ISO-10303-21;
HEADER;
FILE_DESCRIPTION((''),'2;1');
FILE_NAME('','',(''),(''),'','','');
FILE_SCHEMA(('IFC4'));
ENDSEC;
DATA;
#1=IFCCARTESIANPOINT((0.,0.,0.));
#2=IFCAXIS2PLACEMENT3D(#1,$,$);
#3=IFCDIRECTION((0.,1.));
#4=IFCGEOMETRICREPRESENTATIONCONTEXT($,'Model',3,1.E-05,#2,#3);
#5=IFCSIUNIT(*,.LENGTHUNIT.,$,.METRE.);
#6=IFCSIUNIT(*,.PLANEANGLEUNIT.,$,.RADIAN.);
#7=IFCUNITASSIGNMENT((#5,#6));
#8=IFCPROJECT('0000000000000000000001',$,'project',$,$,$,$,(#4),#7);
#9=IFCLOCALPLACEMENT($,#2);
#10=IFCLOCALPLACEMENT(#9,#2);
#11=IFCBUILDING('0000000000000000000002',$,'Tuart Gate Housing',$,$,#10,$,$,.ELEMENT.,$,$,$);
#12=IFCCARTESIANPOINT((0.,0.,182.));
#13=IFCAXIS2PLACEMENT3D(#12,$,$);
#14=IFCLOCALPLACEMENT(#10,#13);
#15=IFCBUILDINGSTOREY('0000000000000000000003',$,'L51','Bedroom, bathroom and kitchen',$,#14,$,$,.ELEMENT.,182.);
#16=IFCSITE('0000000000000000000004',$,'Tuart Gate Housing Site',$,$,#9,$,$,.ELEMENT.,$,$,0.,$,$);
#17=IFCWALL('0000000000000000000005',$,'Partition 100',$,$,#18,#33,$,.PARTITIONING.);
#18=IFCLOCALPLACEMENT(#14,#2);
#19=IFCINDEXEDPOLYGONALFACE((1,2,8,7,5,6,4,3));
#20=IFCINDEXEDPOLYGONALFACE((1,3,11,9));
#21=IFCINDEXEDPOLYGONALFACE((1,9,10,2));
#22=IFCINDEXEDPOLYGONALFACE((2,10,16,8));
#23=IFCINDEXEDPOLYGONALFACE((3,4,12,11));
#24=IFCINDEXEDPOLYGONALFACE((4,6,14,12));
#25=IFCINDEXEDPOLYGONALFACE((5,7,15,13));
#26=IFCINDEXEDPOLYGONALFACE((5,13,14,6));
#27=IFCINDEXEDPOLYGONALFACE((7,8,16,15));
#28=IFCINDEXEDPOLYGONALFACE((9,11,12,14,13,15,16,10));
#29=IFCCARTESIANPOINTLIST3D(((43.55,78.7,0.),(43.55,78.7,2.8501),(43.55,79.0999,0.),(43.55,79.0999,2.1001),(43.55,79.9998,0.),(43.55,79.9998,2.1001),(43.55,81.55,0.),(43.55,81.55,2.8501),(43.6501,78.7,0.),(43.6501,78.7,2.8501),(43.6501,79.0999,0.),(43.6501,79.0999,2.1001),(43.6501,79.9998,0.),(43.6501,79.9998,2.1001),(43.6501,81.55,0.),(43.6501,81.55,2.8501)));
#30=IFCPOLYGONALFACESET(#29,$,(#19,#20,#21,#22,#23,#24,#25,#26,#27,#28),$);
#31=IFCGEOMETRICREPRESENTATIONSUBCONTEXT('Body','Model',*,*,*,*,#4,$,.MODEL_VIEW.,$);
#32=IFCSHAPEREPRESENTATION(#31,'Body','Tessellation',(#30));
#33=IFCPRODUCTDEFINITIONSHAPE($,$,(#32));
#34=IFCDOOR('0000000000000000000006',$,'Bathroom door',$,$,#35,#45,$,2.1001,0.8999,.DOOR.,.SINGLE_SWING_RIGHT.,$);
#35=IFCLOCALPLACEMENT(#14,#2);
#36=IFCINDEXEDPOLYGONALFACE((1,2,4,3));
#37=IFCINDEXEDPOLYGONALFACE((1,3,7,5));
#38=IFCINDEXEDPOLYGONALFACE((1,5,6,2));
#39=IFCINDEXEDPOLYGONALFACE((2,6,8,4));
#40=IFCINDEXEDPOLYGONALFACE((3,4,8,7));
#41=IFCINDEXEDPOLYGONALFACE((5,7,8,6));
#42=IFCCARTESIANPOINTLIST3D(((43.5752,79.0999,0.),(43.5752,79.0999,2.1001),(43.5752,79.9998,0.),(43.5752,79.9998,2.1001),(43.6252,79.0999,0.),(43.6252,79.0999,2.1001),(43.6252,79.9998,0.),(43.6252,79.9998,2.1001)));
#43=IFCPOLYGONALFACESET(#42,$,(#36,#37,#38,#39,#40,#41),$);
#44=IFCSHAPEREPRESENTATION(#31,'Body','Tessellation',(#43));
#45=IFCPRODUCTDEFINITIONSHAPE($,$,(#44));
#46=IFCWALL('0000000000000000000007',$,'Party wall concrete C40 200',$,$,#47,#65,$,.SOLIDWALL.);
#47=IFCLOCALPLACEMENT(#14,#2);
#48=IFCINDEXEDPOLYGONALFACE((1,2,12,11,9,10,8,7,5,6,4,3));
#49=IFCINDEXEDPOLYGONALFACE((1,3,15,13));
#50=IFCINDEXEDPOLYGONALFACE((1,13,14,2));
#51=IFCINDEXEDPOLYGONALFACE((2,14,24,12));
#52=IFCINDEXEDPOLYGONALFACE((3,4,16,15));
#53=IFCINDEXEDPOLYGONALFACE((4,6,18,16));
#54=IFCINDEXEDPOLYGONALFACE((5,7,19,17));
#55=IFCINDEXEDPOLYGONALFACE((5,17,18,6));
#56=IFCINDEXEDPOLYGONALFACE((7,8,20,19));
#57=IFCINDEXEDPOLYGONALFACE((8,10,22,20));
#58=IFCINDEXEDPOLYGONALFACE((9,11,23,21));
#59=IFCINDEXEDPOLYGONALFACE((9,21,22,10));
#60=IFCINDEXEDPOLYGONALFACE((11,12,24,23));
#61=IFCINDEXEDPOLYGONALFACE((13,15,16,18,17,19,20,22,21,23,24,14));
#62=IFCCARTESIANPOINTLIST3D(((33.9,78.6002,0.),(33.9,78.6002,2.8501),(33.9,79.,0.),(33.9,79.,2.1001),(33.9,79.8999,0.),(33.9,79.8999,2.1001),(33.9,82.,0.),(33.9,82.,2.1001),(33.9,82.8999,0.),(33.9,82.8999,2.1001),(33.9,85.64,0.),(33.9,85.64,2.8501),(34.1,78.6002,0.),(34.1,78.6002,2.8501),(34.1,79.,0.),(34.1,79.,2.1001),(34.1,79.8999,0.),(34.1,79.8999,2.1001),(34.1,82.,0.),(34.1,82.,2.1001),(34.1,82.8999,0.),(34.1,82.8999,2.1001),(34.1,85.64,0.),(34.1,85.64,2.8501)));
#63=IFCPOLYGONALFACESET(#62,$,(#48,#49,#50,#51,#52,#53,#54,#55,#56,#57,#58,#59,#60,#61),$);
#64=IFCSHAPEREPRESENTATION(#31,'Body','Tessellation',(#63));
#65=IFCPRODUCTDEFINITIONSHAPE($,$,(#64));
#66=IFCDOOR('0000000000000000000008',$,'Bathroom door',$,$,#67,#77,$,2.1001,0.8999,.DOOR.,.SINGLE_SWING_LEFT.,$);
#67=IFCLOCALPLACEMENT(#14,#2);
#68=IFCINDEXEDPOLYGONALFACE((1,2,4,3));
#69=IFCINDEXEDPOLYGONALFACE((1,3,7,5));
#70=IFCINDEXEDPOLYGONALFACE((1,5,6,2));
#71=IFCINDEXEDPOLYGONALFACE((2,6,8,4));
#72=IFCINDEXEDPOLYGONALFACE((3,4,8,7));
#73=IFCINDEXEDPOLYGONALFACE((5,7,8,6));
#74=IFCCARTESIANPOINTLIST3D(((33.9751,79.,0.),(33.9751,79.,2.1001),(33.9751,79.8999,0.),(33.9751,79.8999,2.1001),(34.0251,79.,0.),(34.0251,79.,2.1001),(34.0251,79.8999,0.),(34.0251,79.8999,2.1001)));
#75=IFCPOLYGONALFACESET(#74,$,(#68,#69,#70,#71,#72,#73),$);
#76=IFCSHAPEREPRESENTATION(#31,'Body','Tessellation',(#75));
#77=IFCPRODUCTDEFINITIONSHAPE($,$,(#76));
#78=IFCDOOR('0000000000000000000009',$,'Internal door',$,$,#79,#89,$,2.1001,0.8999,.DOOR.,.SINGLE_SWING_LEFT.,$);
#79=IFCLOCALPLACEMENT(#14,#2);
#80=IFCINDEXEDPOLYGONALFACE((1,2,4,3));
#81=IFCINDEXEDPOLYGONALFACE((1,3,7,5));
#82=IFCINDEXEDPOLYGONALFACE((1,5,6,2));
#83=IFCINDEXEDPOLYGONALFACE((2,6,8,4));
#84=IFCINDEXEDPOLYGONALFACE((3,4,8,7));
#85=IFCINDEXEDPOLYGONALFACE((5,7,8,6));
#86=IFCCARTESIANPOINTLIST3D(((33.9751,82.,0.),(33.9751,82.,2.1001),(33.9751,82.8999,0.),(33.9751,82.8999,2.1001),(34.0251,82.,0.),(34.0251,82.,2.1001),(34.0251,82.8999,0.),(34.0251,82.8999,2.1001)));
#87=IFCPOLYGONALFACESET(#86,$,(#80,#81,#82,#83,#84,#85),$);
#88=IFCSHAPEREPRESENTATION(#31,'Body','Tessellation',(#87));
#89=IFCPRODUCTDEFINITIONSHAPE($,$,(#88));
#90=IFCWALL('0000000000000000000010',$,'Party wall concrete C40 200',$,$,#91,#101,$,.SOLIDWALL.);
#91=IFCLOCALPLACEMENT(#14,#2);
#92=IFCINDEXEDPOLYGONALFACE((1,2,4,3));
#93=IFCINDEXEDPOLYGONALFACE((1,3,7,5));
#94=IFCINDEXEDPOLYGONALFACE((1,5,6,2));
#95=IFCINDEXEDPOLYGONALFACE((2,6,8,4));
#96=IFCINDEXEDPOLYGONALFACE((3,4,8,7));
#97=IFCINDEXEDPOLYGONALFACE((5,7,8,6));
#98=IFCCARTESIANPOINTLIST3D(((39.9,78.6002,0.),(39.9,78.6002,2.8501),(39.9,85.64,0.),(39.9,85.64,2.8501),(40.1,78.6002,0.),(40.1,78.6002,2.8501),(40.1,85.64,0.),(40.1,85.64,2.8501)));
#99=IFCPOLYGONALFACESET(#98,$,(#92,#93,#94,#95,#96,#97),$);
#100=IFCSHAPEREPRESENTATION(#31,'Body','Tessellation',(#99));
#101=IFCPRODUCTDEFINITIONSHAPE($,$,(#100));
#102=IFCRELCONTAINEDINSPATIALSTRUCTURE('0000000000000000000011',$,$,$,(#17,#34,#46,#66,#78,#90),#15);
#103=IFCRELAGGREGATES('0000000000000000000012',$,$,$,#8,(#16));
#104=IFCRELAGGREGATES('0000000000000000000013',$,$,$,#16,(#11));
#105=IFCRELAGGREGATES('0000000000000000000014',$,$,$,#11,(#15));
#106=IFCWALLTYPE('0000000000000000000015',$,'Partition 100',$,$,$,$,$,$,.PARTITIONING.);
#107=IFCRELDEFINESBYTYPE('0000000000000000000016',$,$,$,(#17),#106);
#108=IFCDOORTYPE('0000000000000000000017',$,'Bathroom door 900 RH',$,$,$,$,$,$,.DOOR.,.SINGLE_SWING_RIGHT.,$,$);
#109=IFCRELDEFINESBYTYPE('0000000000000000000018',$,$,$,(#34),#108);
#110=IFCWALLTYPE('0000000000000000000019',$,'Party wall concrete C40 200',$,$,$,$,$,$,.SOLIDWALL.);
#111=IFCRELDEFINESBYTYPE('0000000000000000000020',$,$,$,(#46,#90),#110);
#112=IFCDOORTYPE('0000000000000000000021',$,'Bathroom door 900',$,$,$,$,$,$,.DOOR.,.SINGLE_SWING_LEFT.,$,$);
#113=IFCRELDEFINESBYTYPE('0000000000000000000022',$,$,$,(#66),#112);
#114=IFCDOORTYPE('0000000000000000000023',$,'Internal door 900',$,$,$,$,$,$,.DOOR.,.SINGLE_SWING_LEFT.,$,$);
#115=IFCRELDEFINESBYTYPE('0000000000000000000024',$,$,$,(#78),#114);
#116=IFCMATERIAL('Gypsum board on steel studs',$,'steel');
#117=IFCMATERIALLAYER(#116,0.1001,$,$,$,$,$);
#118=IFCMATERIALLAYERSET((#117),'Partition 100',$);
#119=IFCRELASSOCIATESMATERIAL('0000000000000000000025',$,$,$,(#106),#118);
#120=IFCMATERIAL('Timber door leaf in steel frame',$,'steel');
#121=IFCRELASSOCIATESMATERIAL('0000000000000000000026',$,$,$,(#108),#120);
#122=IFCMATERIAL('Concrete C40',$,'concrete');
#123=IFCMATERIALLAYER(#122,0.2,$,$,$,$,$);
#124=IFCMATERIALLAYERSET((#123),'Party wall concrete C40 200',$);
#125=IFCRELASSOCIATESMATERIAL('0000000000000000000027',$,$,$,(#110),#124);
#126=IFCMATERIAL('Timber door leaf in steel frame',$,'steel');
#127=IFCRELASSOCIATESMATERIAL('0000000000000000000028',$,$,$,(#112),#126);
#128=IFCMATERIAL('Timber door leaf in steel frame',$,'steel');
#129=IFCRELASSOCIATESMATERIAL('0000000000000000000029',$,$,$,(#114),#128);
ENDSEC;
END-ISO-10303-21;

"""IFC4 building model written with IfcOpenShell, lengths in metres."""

from ifc_helpers import new_model, si_unit, direction, frame, frame_2d, origin, place, context, subcontext, project, spatial, rectangle, extrude, material, layer, layer_set, type_object, element, fill, save


model = new_model("IFC4")

# Units and contexts
model_context = context("Model", 3, precision=1e-05, world=origin(), true_north=direction((0.0, 1.0)))
body_context = subcontext(model_context, "Body", "Model", "MODEL_VIEW")
ifc_project = project(units=[si_unit("LENGTHUNIT", "METRE"), si_unit("PLANEANGLEUNIT", "RADIAN")], contexts=[model_context])

# Site, building, storey
site_placement = place(None, origin())
site = spatial("IfcSite", under=ifc_project, at=site_placement, Name="Tuart Gate Housing Site", CompositionType="ELEMENT", RefElevation=0.0)
building_placement = place(site_placement, origin())
building = spatial("IfcBuilding", under=site, at=building_placement, Name="Tuart Gate Housing", CompositionType="ELEMENT")
storey_placement = place(building_placement, frame((0.0, 0.0, 182.0)))
storey = spatial("IfcBuildingStorey", under=building, at=storey_placement, Name="L51", Description="Bedroom, bathroom and kitchen", CompositionType="ELEMENT", Elevation=182.0)

# Shared definitions
ifc_material_1 = material(Name="Gypsum board on steel studs", Category="steel")
ifc_layer_1 = layer(ifc_material_1, 0.1001)
ifc_layer_set_1 = layer_set([ifc_layer_1], Name="Partition 100")
wall_type_1 = type_object("IfcWallType", Name="Partition 100", PredefinedType="PARTITIONING", material=ifc_layer_set_1)

# Wall, opening, door
wall_1_placement = place(storey_placement, frame((43.6001, 78.7, 0.0), z_axis=(0.0, 0.0, 1.0), x_axis=(0.0, 1.0, 0.0)))
wall_1 = element("IfcWall", 1, at=wall_1_placement, inside=storey, type_object=wall_type_1, Name="Partition 100", PredefinedType="PARTITIONING", context=body_context, shape_type="SweptSolid", body=[
    extrude(rectangle(XDim=2.8501, YDim=0.1001, at=frame_2d((1.425, 0.0))), origin(), (0.0, 0.0, 1.0), 2.8501),
])
opening_1_placement = place(wall_1_placement, frame((0.3999, 0.0, 0.0)))
opening_1 = element("IfcOpeningElement", 2, at=opening_1_placement, cuts=wall_1, PredefinedType="OPENING", context=body_context, shape_type="SweptSolid", body=[
    extrude(rectangle(XDim=0.8999, YDim=2.1001, at=frame_2d((0.45, 1.05))), frame((0.0, 0.0601, 0.0), z_axis=(0.0, -1.0, 0.0), x_axis=(1.0, 0.0, 0.0)), (0.0, 0.0, 1.0), 0.1201),
])
ifc_material_2 = material(Name="Timber door leaf in steel frame", Category="steel")
door_type_1 = type_object("IfcDoorType", Name="Bathroom door 900 RH", OperationType="SINGLE_SWING_RIGHT", PredefinedType="DOOR", material=ifc_material_2)
door_1_placement = place(opening_1_placement, frame((0.8999, 0.0, 0.0), z_axis=(0.0, 0.0, 1.0), x_axis=(-1.0, 0.0, 0.0)))
door_1 = element("IfcDoor", 3, at=door_1_placement, inside=storey, type_object=door_type_1, Name="Bathroom door", OperationType="SINGLE_SWING_RIGHT", OverallHeight=2.1001, OverallWidth=0.8999, PredefinedType="DOOR", context=body_context, shape_type="SweptSolid", body=[
    extrude(rectangle(XDim=0.8999, YDim=2.1001, at=frame_2d((0.45, 1.05))), frame((0.0, 0.0251, 0.0), z_axis=(0.0, -1.0, 0.0), x_axis=(1.0, 0.0, 0.0)), (0.0, 0.0, 1.0), 0.05),
])
fill(opening_1, door_1)

# Wall, openings, doors
ifc_material_3 = material(Name="Concrete C40", Category="concrete")
ifc_layer_2 = layer(ifc_material_3, 0.2)
ifc_layer_set_2 = layer_set([ifc_layer_2], Name="Party wall concrete C40 200")
wall_type_2 = type_object("IfcWallType", Name="Party wall concrete C40 200", PredefinedType="SOLIDWALL", material=ifc_layer_set_2)
wall_2_placement = place(storey_placement, frame((34.0, 78.6001, 0.0), z_axis=(0.0, 0.0, 1.0), x_axis=(0.0, 1.0, 0.0)))
wall_2 = element("IfcWall", 4, at=wall_2_placement, inside=storey, type_object=wall_type_2, Name="Party wall concrete C40 200", PredefinedType="SOLIDWALL", context=body_context, shape_type="SweptSolid", body=[
    extrude(rectangle(XDim=7.0398, YDim=0.2, at=frame_2d((3.52, 0.0))), origin(), (0.0, 0.0, 1.0), 2.8501),
])
opening_2_placement = place(wall_2_placement, frame((3.3999, 0.0, 0.0)))
opening_2 = element("IfcOpeningElement", 5, at=opening_2_placement, cuts=wall_2, PredefinedType="OPENING", context=body_context, shape_type="SweptSolid", body=[
    extrude(rectangle(XDim=0.8999, YDim=2.1001, at=frame_2d((0.45, 1.05))), frame((0.0, 0.1099, 0.0), z_axis=(0.0, -1.0, 0.0), x_axis=(1.0, 0.0, 0.0)), (0.0, 0.0, 1.0), 0.22),
])
opening_3_placement = place(wall_2_placement, frame((0.3999, 0.0, 0.0)))
opening_3 = element("IfcOpeningElement", 6, at=opening_3_placement, cuts=wall_2, PredefinedType="OPENING", context=body_context, shape_type="SweptSolid", body=[
    extrude(rectangle(XDim=0.8999, YDim=2.1001, at=frame_2d((0.45, 1.05))), frame((0.0, 0.1099, 0.0), z_axis=(0.0, -1.0, 0.0), x_axis=(1.0, 0.0, 0.0)), (0.0, 0.0, 1.0), 0.22),
])
ifc_material_4 = material(Name="Timber door leaf in steel frame", Category="steel")
door_type_2 = type_object("IfcDoorType", Name="Bathroom door 900", OperationType="SINGLE_SWING_LEFT", PredefinedType="DOOR", material=ifc_material_4)
door_2_placement = place(opening_3_placement, origin())
door_2 = element("IfcDoor", 7, at=door_2_placement, inside=storey, type_object=door_type_2, Name="Bathroom door", OperationType="SINGLE_SWING_LEFT", OverallHeight=2.1001, OverallWidth=0.8999, PredefinedType="DOOR", context=body_context, shape_type="SweptSolid", body=[
    extrude(rectangle(XDim=0.8999, YDim=2.1001, at=frame_2d((0.45, 1.05))), frame((0.0, 0.0249, 0.0), z_axis=(0.0, -1.0, 0.0), x_axis=(1.0, 0.0, 0.0)), (0.0, 0.0, 1.0), 0.05),
])
fill(opening_3, door_2)
ifc_material_5 = material(Name="Timber door leaf in steel frame", Category="steel")
door_type_3 = type_object("IfcDoorType", Name="Internal door 900", OperationType="SINGLE_SWING_LEFT", PredefinedType="DOOR", material=ifc_material_5)
door_3_placement = place(opening_2_placement, origin())
door_3 = element("IfcDoor", 8, at=door_3_placement, inside=storey, type_object=door_type_3, Name="Internal door", OperationType="SINGLE_SWING_LEFT", OverallHeight=2.1001, OverallWidth=0.8999, PredefinedType="DOOR", context=body_context, shape_type="SweptSolid", body=[
    extrude(rectangle(XDim=0.8999, YDim=2.1001, at=frame_2d((0.45, 1.05))), frame((0.0, 0.0249, 0.0), z_axis=(0.0, -1.0, 0.0), x_axis=(1.0, 0.0, 0.0)), (0.0, 0.0, 1.0), 0.05),
])
fill(opening_2, door_3)

# Wall
wall_3_placement = place(storey_placement, frame((40.0, 78.6001, 0.0), z_axis=(0.0, 0.0, 1.0), x_axis=(0.0, 1.0, 0.0)))
element("IfcWall", 9, at=wall_3_placement, inside=storey, type_object=wall_type_2, Name="Party wall concrete C40 200", PredefinedType="SOLIDWALL", context=body_context, shape_type="SweptSolid", body=[
    extrude(rectangle(XDim=7.0398, YDim=0.2, at=frame_2d((3.52, 0.0))), origin(), (0.0, 0.0, 1.0), 2.8501),
])

save(model, "model.ifc")
